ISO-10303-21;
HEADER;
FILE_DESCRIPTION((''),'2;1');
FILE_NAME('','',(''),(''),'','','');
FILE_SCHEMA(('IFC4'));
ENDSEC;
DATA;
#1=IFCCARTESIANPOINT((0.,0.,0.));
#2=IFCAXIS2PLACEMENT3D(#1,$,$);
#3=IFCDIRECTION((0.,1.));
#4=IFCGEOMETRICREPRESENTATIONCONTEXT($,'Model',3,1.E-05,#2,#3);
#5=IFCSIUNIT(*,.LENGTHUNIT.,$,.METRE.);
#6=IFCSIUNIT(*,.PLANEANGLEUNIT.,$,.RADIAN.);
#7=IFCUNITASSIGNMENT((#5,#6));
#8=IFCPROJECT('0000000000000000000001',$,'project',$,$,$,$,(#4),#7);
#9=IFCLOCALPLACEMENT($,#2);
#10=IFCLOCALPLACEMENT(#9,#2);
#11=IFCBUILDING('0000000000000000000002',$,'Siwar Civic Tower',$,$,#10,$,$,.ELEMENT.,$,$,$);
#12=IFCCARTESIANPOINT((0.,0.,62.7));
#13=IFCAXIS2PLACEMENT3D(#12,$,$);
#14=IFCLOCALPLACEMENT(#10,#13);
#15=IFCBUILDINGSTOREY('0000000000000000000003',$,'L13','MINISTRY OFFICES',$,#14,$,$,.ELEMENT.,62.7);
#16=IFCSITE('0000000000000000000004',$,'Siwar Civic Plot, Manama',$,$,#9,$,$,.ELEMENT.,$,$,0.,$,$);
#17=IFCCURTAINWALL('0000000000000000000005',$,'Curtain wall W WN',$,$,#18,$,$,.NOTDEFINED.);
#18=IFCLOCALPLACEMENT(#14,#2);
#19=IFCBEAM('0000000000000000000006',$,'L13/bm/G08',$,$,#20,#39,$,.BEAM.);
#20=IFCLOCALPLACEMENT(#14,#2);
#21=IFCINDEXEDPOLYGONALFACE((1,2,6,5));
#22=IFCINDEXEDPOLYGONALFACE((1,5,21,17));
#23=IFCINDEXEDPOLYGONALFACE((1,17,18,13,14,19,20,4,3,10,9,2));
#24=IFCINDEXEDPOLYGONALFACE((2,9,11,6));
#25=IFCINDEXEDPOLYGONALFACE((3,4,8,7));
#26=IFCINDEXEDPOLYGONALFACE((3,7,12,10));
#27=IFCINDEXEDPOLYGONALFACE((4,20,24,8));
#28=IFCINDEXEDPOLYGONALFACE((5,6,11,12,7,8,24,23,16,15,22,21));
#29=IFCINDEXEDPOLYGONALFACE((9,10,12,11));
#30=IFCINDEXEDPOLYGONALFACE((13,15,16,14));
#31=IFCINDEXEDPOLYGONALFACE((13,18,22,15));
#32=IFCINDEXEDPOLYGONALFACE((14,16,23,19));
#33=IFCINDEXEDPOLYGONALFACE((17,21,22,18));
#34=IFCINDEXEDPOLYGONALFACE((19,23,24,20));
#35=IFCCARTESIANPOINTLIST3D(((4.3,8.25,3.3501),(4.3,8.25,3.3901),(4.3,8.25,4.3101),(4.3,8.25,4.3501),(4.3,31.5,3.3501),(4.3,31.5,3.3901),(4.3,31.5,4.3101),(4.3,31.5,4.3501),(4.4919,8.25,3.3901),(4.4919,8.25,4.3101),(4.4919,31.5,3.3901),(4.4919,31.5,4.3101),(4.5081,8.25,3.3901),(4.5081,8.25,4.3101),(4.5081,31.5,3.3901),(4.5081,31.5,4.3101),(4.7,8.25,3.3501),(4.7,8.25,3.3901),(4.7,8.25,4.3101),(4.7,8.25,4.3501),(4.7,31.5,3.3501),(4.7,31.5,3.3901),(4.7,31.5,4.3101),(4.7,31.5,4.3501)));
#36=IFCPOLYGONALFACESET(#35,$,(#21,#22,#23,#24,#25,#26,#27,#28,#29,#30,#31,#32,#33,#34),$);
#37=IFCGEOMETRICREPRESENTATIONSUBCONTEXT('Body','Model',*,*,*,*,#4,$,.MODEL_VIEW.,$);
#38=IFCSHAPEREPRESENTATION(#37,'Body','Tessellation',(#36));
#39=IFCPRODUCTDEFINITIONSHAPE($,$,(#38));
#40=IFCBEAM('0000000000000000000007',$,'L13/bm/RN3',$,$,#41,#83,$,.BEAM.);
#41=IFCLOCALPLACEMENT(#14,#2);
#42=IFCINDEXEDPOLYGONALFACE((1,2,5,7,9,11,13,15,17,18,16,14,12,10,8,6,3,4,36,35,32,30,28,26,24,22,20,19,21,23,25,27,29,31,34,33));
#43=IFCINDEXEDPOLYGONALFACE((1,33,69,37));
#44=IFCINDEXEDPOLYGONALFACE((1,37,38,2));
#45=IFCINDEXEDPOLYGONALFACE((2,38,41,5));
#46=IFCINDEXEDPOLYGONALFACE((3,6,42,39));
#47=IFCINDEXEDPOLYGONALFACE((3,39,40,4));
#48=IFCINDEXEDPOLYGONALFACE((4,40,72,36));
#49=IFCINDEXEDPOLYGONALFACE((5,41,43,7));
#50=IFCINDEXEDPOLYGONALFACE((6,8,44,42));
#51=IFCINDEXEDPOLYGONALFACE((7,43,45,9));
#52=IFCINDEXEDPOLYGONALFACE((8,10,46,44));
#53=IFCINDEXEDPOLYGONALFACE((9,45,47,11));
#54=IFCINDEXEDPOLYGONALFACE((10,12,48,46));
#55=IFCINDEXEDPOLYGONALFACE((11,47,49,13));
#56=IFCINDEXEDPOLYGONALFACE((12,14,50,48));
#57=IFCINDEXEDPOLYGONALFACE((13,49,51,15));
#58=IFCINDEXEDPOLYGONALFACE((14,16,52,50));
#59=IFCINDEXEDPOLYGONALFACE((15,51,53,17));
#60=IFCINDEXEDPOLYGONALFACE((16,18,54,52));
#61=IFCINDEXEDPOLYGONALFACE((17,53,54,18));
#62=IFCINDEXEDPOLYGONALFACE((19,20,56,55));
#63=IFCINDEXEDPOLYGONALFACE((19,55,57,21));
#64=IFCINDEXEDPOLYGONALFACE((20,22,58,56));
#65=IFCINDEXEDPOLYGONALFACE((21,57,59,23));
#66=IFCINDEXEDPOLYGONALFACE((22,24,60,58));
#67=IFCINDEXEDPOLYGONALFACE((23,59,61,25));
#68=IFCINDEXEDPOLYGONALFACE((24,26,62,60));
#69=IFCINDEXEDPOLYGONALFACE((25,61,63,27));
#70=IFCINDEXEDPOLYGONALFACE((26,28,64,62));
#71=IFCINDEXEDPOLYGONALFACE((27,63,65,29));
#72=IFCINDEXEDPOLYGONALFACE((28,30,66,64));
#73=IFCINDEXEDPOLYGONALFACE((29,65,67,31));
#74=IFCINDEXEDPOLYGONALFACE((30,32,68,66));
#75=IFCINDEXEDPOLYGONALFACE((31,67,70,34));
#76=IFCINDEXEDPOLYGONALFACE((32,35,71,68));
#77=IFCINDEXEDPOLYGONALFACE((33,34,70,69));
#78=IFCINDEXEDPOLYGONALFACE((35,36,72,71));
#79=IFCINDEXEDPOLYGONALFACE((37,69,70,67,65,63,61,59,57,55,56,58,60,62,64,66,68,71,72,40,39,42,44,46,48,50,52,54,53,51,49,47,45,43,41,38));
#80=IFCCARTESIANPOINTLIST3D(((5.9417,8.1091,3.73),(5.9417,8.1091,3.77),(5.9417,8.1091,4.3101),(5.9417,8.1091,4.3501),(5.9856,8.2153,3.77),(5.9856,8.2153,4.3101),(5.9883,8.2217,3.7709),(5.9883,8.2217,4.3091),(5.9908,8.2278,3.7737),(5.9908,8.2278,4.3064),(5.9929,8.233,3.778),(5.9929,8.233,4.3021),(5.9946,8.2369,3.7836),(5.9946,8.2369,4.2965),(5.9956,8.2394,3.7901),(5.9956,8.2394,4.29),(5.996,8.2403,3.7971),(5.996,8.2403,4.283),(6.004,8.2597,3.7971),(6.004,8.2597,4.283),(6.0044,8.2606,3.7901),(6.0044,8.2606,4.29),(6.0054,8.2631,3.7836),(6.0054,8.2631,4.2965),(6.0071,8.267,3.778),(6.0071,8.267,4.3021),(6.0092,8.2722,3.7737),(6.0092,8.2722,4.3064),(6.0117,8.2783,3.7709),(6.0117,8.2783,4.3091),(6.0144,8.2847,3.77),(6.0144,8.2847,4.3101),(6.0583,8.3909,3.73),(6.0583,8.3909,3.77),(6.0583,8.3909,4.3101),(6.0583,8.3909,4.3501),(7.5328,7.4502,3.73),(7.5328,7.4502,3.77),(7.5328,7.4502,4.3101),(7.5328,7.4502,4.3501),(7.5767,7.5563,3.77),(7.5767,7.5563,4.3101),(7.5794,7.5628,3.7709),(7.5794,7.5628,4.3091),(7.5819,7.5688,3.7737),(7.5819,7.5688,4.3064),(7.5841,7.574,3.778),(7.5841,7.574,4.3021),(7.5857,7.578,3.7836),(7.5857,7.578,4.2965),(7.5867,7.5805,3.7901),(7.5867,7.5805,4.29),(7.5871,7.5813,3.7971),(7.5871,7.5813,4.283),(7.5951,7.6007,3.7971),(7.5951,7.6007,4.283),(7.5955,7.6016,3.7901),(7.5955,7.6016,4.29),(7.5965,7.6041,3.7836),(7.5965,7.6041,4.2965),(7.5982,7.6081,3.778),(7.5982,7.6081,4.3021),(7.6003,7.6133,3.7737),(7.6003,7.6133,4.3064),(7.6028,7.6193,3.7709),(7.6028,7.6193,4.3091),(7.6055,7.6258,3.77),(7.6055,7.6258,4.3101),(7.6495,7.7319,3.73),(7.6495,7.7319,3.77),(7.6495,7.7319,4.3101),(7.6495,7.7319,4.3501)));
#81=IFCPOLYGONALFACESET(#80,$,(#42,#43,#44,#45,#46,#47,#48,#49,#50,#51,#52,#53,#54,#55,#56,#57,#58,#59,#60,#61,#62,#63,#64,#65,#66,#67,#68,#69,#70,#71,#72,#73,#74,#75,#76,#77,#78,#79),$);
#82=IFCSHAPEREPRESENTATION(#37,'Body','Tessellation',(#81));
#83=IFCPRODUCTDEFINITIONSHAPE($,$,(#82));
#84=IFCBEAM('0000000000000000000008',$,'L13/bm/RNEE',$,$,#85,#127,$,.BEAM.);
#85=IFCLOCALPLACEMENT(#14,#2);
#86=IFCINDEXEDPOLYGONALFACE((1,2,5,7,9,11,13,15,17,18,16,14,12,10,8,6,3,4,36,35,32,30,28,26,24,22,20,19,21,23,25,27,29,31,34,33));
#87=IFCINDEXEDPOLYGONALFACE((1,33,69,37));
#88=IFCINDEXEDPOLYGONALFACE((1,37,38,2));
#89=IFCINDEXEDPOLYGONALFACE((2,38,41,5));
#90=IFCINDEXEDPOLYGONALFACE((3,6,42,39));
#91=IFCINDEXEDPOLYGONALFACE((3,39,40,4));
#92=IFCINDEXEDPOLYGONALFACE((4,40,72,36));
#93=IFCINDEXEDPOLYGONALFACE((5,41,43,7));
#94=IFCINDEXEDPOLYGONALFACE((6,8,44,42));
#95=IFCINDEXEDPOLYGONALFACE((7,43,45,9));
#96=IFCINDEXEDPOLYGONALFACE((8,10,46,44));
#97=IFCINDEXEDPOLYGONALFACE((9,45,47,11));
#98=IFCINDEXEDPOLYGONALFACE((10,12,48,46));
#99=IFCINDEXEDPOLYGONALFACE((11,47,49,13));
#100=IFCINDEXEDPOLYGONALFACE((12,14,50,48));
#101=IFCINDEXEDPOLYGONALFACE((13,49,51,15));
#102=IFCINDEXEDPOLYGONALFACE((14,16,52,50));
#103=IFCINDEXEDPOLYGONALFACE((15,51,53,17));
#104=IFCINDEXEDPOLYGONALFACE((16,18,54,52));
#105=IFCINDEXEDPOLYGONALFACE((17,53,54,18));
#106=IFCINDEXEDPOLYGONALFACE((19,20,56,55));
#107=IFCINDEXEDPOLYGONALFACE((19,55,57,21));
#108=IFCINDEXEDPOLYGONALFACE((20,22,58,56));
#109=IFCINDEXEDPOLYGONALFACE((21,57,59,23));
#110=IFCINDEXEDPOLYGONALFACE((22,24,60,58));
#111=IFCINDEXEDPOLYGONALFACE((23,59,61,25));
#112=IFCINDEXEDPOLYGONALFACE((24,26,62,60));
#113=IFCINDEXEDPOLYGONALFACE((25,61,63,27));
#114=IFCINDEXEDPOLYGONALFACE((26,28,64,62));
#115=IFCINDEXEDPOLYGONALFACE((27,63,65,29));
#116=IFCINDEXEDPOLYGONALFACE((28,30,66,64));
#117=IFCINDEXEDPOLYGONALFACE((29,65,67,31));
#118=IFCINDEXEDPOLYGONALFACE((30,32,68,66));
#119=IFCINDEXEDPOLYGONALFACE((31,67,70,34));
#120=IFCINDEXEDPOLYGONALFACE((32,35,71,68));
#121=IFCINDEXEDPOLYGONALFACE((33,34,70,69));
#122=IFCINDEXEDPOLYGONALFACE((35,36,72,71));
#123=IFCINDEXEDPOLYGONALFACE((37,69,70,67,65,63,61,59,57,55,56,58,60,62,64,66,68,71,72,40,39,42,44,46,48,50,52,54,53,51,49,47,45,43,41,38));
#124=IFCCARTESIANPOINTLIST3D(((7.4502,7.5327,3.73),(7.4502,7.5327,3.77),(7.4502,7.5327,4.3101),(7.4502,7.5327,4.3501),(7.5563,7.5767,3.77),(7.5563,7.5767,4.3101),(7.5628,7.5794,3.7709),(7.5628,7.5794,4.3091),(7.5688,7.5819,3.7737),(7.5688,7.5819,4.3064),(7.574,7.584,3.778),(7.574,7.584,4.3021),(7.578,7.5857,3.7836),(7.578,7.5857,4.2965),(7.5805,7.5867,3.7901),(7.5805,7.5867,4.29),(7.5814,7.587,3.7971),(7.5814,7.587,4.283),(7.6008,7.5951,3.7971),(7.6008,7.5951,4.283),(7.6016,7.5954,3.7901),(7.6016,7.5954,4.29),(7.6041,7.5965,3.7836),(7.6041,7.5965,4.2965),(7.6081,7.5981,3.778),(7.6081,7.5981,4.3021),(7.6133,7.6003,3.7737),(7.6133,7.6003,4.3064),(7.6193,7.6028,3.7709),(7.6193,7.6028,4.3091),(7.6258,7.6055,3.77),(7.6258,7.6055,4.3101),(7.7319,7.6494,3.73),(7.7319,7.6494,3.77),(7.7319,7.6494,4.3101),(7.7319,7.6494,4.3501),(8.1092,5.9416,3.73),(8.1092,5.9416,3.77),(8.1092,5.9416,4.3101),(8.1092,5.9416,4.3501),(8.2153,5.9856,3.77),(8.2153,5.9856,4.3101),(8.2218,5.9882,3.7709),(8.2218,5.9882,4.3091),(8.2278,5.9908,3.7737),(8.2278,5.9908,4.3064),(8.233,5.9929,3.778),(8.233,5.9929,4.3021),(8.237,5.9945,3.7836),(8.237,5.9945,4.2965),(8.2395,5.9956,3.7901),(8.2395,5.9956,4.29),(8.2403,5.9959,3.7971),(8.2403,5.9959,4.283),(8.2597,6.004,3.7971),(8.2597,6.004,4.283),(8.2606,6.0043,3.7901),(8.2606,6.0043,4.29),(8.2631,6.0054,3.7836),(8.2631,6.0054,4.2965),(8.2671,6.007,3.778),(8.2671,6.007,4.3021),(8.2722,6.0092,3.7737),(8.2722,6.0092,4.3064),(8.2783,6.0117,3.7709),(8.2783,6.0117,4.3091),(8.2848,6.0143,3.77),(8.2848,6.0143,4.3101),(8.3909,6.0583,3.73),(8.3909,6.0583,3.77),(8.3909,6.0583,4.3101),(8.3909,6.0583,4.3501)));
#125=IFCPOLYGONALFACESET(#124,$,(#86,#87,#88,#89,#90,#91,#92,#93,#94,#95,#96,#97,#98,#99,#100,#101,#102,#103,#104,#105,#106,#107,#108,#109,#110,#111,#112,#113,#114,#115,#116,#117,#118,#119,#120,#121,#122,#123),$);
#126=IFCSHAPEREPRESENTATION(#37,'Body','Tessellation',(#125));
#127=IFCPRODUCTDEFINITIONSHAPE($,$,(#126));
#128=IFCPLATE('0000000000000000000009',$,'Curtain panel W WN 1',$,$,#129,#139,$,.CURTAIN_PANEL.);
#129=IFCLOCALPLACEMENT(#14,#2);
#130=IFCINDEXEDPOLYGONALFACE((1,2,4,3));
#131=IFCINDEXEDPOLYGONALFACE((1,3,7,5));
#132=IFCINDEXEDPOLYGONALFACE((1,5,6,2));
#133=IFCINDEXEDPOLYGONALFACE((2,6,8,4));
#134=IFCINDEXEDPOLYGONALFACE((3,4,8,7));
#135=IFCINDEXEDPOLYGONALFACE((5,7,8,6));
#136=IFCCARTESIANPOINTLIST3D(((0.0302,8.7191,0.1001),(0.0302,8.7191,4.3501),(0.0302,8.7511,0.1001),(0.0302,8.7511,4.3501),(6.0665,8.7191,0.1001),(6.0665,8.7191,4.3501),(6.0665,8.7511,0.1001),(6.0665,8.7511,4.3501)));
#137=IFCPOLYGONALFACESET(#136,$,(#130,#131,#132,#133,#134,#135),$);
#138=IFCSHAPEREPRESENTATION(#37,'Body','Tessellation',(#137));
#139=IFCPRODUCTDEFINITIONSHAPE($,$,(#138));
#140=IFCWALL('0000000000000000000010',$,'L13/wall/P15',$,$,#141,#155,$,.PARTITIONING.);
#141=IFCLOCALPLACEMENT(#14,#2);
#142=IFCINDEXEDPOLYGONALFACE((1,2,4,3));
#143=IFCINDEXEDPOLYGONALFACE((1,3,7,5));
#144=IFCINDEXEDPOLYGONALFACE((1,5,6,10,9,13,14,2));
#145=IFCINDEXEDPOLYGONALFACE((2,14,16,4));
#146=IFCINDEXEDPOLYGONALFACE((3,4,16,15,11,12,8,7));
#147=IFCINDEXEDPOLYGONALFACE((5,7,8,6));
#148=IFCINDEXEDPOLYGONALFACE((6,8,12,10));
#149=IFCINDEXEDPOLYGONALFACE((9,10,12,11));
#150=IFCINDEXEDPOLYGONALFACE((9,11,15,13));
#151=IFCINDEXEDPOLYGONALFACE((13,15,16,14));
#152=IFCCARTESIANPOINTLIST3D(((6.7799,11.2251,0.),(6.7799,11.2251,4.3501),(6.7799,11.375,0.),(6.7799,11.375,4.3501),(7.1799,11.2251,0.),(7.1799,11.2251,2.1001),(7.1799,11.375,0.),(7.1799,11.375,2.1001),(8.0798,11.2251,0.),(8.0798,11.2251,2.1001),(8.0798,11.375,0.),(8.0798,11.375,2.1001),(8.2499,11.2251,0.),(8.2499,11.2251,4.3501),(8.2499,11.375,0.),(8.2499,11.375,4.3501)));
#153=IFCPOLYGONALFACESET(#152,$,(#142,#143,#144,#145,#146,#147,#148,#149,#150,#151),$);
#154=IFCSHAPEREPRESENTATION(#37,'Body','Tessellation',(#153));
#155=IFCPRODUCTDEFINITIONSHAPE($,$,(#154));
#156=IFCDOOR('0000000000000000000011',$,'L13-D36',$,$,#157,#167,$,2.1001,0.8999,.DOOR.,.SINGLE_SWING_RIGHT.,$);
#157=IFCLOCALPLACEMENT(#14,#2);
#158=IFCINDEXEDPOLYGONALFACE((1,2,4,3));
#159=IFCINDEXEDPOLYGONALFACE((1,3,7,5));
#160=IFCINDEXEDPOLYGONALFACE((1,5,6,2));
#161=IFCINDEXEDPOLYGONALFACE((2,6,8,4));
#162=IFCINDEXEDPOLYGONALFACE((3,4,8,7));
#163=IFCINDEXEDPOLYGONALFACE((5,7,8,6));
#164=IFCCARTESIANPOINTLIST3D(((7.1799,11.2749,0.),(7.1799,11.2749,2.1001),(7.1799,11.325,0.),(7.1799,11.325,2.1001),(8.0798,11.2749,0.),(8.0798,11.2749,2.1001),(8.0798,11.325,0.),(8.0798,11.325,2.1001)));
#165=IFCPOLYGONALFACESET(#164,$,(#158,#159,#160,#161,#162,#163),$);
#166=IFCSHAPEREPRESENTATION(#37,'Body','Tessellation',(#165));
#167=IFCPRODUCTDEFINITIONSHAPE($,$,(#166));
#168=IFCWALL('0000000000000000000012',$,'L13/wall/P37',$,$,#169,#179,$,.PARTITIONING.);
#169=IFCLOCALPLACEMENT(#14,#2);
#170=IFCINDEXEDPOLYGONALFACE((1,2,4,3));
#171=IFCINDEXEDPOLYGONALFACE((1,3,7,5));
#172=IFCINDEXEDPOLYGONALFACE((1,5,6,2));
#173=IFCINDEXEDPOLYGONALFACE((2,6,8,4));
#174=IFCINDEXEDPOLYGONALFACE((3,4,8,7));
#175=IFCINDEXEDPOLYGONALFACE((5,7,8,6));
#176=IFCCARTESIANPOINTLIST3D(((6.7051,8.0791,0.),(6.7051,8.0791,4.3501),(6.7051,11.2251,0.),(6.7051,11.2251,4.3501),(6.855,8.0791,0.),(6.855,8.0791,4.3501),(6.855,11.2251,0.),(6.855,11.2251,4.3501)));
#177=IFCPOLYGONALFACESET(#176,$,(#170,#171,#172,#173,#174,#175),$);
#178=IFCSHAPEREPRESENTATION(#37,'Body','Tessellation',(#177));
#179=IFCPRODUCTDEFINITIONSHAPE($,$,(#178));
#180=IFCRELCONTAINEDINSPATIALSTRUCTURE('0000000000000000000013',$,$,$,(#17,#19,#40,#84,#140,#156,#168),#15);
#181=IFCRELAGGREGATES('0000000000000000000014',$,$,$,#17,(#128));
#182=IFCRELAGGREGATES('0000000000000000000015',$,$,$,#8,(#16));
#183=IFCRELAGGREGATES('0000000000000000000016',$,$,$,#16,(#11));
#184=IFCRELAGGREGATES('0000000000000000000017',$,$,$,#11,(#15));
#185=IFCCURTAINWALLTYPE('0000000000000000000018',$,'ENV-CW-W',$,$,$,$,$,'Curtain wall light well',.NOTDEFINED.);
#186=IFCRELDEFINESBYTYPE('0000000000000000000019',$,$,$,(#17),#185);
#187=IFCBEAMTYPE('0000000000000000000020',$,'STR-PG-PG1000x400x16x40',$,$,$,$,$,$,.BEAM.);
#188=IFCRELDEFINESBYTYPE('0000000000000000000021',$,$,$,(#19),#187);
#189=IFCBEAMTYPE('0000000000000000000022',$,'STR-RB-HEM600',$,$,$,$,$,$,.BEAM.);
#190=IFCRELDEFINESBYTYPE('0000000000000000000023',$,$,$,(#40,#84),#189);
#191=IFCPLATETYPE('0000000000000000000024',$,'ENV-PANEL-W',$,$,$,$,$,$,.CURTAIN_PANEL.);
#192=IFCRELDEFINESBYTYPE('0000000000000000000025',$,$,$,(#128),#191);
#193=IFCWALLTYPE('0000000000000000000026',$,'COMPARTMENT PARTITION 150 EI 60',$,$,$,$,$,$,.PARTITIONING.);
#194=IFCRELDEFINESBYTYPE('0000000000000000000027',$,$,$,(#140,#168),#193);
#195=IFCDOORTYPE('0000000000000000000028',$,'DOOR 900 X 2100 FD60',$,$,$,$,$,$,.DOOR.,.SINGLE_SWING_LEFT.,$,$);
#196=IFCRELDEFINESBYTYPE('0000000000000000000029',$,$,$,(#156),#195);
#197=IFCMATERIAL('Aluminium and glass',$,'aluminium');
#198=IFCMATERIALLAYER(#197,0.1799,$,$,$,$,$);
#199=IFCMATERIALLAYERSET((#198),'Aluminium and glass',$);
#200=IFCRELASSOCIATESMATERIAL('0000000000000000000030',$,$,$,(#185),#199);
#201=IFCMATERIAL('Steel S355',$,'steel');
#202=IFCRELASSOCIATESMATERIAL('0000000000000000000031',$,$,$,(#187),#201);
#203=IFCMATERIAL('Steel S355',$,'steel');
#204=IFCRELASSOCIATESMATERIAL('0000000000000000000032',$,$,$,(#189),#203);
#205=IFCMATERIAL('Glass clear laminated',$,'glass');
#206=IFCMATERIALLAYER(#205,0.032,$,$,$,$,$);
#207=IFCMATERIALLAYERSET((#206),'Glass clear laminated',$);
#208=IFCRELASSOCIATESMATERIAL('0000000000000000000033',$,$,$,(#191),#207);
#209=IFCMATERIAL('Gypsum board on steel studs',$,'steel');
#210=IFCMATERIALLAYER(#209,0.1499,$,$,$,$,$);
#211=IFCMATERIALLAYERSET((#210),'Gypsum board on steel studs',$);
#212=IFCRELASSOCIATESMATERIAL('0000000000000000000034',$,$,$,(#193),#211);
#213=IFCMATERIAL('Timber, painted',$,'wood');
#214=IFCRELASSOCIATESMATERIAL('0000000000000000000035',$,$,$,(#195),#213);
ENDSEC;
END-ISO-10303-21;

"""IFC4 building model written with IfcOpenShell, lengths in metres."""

from ifc_helpers import new_model, si_unit, direction, frame, frame_2d, origin, origin_2d, place, context, subcontext, project, spatial, rectangle, i_section, extrude, material, layer, layer_set, material_profile, profile_set, type_object, element, fill, aggregate, save


model = new_model("IFC4")

# Units and contexts
model_context = context("Model", 3, precision=1e-05, world=origin(), true_north=direction((0.0, 1.0)))
body_context = subcontext(model_context, "Body", "Model", "MODEL_VIEW")
ifc_project = project(units=[si_unit("LENGTHUNIT", "METRE"), si_unit("PLANEANGLEUNIT", "RADIAN")], contexts=[model_context])

# Site, building, storey
site_placement = place(None, origin())
site = spatial("IfcSite", under=ifc_project, at=site_placement, Name="Siwar Civic Plot, Manama", CompositionType="ELEMENT", RefElevation=0.0)
building_placement = place(site_placement, origin())
building = spatial("IfcBuilding", under=site, at=building_placement, Name="Siwar Civic Tower", CompositionType="ELEMENT")
storey_placement = place(building_placement, frame((0.0, 0.0, 62.7)))
storey = spatial("IfcBuildingStorey", under=building, at=storey_placement, Name="L13", Description="MINISTRY OFFICES", CompositionType="ELEMENT", Elevation=62.7)

# Curtain wall
ifc_material_1 = material(Name="Aluminium and glass", Category="aluminium")
ifc_layer_1 = layer(ifc_material_1, 0.1799)
ifc_layer_set_1 = layer_set([ifc_layer_1], Name="Aluminium and glass")
curtain_wall_type = type_object("IfcCurtainWallType", Name="ENV-CW-W", ElementType="Curtain wall light well", PredefinedType="NOTDEFINED", material=ifc_layer_set_1)
curtain_wall_placement = place(storey_placement, origin())
curtain_wall = element("IfcCurtainWall", 1, at=curtain_wall_placement, inside=storey, type_object=curtain_wall_type, Name="Curtain wall W WN", PredefinedType="NOTDEFINED")

# Beams
ifc_material_2 = material(Name="Steel S355", Category="steel")
ifc_material_profile_1 = material_profile(ifc_material_2, i_section(OverallWidth=0.3999, OverallDepth=1.0, WebThickness=0.0161, FlangeThickness=0.04, at=origin_2d()), Name="PG1000x400x16x40")
ifc_profile_set_1 = profile_set([ifc_material_profile_1], Name="Steel S355")
beam_type_1 = type_object("IfcBeamType", Name="STR-PG-PG1000x400x16x40", PredefinedType="BEAM", material=ifc_profile_set_1)
beam_1_placement = place(storey_placement, frame((4.5, 8.25, 3.8501), z_axis=(0.0, 1.0, 0.0), x_axis=(-1.0, 0.0, 0.0)))
element("IfcBeam", 2, at=beam_1_placement, inside=storey, type_object=beam_type_1, Name="L13/bm/G08", PredefinedType="BEAM", context=body_context, shape_type="SweptSolid", body=[
    extrude(i_section(OverallWidth=0.3999, OverallDepth=1.0, WebThickness=0.0161, FlangeThickness=0.04, at=origin_2d()), origin(), (0.0, 0.0, 1.0), 23.25),
])
ifc_material_3 = material(Name="Steel S355", Category="steel")
ifc_material_profile_2 = material_profile(ifc_material_3, i_section(OverallWidth=0.3049, OverallDepth=0.6201, WebThickness=0.021, FlangeThickness=0.04, FilletRadius=0.0271, at=origin_2d()), Name="HEM600")
ifc_profile_set_2 = profile_set([ifc_material_profile_2], Name="Steel S355")
beam_type_2 = type_object("IfcBeamType", Name="STR-RB-HEM600", PredefinedType="BEAM", material=ifc_profile_set_2)
for number, where, z_axis, x_axis, name in (
    (3, (6.0, 8.25, 4.04), (0.923901, -0.382631, 0.0), (0.382631, 0.923901, 0.0), "L13/bm/RN3"),
    (4, (7.5911, 7.5911, 4.04), (0.382631, -0.923901, 0.0), (0.923901, 0.382631, 0.0), "L13/bm/RNEE"),
):
    element("IfcBeam", number, at=place(storey_placement, frame(where, z_axis=z_axis, x_axis=x_axis)), inside=storey, type_object=beam_type_2, Name=name, PredefinedType="BEAM", context=body_context, shape_type="SweptSolid", body=[
        extrude(i_section(OverallWidth=0.3049, OverallDepth=0.6201, WebThickness=0.021, FlangeThickness=0.04, FilletRadius=0.0271, at=origin_2d()), origin(), (0.0, 0.0, 1.0), 1.7222),
    ])

# Plate
ifc_material_4 = material(Name="Glass clear laminated", Category="glass")
ifc_layer_2 = layer(ifc_material_4, 0.032)
ifc_layer_set_2 = layer_set([ifc_layer_2], Name="Glass clear laminated")
plate_type = type_object("IfcPlateType", Name="ENV-PANEL-W", PredefinedType="CURTAIN_PANEL", material=ifc_layer_set_2)
plate_placement = place(storey_placement, frame((3.0483, 8.7351, 0.1001), z_axis=(0.0, 0.0, 1.0), x_axis=(-1.0, 0.0, 0.0)))
plate = element("IfcPlate", 5, at=plate_placement, type_object=plate_type, Name="Curtain panel W WN 1", PredefinedType="CURTAIN_PANEL", context=body_context, shape_type="SweptSolid", body=[
    extrude(rectangle(XDim=6.0364, YDim=0.032, at=origin_2d()), origin(), (0.0, 0.0, 1.0), 4.25),
])
aggregate(curtain_wall, [plate])

# Wall, opening, door
ifc_material_5 = material(Name="Gypsum board on steel studs", Category="steel")
ifc_layer_3 = layer(ifc_material_5, 0.1499)
ifc_layer_set_3 = layer_set([ifc_layer_3], Name="Gypsum board on steel studs")
wall_type_1 = type_object("IfcWallType", Name="COMPARTMENT PARTITION 150 EI 60", PredefinedType="PARTITIONING", material=ifc_layer_set_3)
wall_1_placement = place(storey_placement, frame((6.78, 11.3, 0.0), z_axis=(0.0, 0.0, 1.0), x_axis=(1.0, 0.0, 0.0)))
wall_1 = element("IfcWall", 6, at=wall_1_placement, inside=storey, type_object=wall_type_1, Name="L13/wall/P15", PredefinedType="PARTITIONING", context=body_context, shape_type="SweptSolid", body=[
    extrude(rectangle(XDim=1.47, YDim=0.1499, at=frame_2d((0.7349, 0.0))), origin(), (0.0, 0.0, 1.0), 4.3501),
])
opening_1_placement = place(wall_1_placement, frame((0.3999, 0.0, 0.0)))
opening_1 = element("IfcOpeningElement", 7, at=opening_1_placement, cuts=wall_1, PredefinedType="OPENING", context=body_context, shape_type="SweptSolid", body=[
    extrude(rectangle(XDim=0.8999, YDim=2.1001, at=frame_2d((0.45, 1.05))), frame((0.0, 0.085, 0.0), z_axis=(0.0, -1.0, 0.0), x_axis=(1.0, 0.0, 0.0)), (0.0, 0.0, 1.0), 0.1699),
])
ifc_material_6 = material(Name="Timber, painted", Category="wood")
door_type_1 = type_object("IfcDoorType", Name="DOOR 900 X 2100 FD60", OperationType="SINGLE_SWING_LEFT", PredefinedType="DOOR", material=ifc_material_6)
door_1_placement = place(opening_1_placement, origin())
door_1 = element("IfcDoor", 8, at=door_1_placement, inside=storey, type_object=door_type_1, Name="L13-D36", OperationType="SINGLE_SWING_RIGHT", OverallHeight=2.1001, OverallWidth=0.8999, PredefinedType="DOOR", context=body_context, shape_type="SweptSolid", body=[
    extrude(rectangle(XDim=0.8999, YDim=2.1001, at=frame_2d((0.45, 1.05))), frame((0.0, 0.0249, 0.0), z_axis=(0.0, -1.0, 0.0), x_axis=(1.0, 0.0, 0.0)), (0.0, 0.0, 1.0), 0.05),
])
fill(opening_1, door_1)

# Wall
wall_2_placement = place(storey_placement, frame((6.78, 8.0791, 0.0), z_axis=(0.0, 0.0, 1.0), x_axis=(0.0, 1.0, 0.0)))
element("IfcWall", 9, at=wall_2_placement, inside=storey, type_object=wall_type_1, Name="L13/wall/P37", PredefinedType="PARTITIONING", context=body_context, shape_type="SweptSolid", body=[
    extrude(rectangle(XDim=3.146, YDim=0.1499, at=frame_2d((1.573, 0.0))), origin(), (0.0, 0.0, 1.0), 4.3501),
])

save(model, "model.ifc")
